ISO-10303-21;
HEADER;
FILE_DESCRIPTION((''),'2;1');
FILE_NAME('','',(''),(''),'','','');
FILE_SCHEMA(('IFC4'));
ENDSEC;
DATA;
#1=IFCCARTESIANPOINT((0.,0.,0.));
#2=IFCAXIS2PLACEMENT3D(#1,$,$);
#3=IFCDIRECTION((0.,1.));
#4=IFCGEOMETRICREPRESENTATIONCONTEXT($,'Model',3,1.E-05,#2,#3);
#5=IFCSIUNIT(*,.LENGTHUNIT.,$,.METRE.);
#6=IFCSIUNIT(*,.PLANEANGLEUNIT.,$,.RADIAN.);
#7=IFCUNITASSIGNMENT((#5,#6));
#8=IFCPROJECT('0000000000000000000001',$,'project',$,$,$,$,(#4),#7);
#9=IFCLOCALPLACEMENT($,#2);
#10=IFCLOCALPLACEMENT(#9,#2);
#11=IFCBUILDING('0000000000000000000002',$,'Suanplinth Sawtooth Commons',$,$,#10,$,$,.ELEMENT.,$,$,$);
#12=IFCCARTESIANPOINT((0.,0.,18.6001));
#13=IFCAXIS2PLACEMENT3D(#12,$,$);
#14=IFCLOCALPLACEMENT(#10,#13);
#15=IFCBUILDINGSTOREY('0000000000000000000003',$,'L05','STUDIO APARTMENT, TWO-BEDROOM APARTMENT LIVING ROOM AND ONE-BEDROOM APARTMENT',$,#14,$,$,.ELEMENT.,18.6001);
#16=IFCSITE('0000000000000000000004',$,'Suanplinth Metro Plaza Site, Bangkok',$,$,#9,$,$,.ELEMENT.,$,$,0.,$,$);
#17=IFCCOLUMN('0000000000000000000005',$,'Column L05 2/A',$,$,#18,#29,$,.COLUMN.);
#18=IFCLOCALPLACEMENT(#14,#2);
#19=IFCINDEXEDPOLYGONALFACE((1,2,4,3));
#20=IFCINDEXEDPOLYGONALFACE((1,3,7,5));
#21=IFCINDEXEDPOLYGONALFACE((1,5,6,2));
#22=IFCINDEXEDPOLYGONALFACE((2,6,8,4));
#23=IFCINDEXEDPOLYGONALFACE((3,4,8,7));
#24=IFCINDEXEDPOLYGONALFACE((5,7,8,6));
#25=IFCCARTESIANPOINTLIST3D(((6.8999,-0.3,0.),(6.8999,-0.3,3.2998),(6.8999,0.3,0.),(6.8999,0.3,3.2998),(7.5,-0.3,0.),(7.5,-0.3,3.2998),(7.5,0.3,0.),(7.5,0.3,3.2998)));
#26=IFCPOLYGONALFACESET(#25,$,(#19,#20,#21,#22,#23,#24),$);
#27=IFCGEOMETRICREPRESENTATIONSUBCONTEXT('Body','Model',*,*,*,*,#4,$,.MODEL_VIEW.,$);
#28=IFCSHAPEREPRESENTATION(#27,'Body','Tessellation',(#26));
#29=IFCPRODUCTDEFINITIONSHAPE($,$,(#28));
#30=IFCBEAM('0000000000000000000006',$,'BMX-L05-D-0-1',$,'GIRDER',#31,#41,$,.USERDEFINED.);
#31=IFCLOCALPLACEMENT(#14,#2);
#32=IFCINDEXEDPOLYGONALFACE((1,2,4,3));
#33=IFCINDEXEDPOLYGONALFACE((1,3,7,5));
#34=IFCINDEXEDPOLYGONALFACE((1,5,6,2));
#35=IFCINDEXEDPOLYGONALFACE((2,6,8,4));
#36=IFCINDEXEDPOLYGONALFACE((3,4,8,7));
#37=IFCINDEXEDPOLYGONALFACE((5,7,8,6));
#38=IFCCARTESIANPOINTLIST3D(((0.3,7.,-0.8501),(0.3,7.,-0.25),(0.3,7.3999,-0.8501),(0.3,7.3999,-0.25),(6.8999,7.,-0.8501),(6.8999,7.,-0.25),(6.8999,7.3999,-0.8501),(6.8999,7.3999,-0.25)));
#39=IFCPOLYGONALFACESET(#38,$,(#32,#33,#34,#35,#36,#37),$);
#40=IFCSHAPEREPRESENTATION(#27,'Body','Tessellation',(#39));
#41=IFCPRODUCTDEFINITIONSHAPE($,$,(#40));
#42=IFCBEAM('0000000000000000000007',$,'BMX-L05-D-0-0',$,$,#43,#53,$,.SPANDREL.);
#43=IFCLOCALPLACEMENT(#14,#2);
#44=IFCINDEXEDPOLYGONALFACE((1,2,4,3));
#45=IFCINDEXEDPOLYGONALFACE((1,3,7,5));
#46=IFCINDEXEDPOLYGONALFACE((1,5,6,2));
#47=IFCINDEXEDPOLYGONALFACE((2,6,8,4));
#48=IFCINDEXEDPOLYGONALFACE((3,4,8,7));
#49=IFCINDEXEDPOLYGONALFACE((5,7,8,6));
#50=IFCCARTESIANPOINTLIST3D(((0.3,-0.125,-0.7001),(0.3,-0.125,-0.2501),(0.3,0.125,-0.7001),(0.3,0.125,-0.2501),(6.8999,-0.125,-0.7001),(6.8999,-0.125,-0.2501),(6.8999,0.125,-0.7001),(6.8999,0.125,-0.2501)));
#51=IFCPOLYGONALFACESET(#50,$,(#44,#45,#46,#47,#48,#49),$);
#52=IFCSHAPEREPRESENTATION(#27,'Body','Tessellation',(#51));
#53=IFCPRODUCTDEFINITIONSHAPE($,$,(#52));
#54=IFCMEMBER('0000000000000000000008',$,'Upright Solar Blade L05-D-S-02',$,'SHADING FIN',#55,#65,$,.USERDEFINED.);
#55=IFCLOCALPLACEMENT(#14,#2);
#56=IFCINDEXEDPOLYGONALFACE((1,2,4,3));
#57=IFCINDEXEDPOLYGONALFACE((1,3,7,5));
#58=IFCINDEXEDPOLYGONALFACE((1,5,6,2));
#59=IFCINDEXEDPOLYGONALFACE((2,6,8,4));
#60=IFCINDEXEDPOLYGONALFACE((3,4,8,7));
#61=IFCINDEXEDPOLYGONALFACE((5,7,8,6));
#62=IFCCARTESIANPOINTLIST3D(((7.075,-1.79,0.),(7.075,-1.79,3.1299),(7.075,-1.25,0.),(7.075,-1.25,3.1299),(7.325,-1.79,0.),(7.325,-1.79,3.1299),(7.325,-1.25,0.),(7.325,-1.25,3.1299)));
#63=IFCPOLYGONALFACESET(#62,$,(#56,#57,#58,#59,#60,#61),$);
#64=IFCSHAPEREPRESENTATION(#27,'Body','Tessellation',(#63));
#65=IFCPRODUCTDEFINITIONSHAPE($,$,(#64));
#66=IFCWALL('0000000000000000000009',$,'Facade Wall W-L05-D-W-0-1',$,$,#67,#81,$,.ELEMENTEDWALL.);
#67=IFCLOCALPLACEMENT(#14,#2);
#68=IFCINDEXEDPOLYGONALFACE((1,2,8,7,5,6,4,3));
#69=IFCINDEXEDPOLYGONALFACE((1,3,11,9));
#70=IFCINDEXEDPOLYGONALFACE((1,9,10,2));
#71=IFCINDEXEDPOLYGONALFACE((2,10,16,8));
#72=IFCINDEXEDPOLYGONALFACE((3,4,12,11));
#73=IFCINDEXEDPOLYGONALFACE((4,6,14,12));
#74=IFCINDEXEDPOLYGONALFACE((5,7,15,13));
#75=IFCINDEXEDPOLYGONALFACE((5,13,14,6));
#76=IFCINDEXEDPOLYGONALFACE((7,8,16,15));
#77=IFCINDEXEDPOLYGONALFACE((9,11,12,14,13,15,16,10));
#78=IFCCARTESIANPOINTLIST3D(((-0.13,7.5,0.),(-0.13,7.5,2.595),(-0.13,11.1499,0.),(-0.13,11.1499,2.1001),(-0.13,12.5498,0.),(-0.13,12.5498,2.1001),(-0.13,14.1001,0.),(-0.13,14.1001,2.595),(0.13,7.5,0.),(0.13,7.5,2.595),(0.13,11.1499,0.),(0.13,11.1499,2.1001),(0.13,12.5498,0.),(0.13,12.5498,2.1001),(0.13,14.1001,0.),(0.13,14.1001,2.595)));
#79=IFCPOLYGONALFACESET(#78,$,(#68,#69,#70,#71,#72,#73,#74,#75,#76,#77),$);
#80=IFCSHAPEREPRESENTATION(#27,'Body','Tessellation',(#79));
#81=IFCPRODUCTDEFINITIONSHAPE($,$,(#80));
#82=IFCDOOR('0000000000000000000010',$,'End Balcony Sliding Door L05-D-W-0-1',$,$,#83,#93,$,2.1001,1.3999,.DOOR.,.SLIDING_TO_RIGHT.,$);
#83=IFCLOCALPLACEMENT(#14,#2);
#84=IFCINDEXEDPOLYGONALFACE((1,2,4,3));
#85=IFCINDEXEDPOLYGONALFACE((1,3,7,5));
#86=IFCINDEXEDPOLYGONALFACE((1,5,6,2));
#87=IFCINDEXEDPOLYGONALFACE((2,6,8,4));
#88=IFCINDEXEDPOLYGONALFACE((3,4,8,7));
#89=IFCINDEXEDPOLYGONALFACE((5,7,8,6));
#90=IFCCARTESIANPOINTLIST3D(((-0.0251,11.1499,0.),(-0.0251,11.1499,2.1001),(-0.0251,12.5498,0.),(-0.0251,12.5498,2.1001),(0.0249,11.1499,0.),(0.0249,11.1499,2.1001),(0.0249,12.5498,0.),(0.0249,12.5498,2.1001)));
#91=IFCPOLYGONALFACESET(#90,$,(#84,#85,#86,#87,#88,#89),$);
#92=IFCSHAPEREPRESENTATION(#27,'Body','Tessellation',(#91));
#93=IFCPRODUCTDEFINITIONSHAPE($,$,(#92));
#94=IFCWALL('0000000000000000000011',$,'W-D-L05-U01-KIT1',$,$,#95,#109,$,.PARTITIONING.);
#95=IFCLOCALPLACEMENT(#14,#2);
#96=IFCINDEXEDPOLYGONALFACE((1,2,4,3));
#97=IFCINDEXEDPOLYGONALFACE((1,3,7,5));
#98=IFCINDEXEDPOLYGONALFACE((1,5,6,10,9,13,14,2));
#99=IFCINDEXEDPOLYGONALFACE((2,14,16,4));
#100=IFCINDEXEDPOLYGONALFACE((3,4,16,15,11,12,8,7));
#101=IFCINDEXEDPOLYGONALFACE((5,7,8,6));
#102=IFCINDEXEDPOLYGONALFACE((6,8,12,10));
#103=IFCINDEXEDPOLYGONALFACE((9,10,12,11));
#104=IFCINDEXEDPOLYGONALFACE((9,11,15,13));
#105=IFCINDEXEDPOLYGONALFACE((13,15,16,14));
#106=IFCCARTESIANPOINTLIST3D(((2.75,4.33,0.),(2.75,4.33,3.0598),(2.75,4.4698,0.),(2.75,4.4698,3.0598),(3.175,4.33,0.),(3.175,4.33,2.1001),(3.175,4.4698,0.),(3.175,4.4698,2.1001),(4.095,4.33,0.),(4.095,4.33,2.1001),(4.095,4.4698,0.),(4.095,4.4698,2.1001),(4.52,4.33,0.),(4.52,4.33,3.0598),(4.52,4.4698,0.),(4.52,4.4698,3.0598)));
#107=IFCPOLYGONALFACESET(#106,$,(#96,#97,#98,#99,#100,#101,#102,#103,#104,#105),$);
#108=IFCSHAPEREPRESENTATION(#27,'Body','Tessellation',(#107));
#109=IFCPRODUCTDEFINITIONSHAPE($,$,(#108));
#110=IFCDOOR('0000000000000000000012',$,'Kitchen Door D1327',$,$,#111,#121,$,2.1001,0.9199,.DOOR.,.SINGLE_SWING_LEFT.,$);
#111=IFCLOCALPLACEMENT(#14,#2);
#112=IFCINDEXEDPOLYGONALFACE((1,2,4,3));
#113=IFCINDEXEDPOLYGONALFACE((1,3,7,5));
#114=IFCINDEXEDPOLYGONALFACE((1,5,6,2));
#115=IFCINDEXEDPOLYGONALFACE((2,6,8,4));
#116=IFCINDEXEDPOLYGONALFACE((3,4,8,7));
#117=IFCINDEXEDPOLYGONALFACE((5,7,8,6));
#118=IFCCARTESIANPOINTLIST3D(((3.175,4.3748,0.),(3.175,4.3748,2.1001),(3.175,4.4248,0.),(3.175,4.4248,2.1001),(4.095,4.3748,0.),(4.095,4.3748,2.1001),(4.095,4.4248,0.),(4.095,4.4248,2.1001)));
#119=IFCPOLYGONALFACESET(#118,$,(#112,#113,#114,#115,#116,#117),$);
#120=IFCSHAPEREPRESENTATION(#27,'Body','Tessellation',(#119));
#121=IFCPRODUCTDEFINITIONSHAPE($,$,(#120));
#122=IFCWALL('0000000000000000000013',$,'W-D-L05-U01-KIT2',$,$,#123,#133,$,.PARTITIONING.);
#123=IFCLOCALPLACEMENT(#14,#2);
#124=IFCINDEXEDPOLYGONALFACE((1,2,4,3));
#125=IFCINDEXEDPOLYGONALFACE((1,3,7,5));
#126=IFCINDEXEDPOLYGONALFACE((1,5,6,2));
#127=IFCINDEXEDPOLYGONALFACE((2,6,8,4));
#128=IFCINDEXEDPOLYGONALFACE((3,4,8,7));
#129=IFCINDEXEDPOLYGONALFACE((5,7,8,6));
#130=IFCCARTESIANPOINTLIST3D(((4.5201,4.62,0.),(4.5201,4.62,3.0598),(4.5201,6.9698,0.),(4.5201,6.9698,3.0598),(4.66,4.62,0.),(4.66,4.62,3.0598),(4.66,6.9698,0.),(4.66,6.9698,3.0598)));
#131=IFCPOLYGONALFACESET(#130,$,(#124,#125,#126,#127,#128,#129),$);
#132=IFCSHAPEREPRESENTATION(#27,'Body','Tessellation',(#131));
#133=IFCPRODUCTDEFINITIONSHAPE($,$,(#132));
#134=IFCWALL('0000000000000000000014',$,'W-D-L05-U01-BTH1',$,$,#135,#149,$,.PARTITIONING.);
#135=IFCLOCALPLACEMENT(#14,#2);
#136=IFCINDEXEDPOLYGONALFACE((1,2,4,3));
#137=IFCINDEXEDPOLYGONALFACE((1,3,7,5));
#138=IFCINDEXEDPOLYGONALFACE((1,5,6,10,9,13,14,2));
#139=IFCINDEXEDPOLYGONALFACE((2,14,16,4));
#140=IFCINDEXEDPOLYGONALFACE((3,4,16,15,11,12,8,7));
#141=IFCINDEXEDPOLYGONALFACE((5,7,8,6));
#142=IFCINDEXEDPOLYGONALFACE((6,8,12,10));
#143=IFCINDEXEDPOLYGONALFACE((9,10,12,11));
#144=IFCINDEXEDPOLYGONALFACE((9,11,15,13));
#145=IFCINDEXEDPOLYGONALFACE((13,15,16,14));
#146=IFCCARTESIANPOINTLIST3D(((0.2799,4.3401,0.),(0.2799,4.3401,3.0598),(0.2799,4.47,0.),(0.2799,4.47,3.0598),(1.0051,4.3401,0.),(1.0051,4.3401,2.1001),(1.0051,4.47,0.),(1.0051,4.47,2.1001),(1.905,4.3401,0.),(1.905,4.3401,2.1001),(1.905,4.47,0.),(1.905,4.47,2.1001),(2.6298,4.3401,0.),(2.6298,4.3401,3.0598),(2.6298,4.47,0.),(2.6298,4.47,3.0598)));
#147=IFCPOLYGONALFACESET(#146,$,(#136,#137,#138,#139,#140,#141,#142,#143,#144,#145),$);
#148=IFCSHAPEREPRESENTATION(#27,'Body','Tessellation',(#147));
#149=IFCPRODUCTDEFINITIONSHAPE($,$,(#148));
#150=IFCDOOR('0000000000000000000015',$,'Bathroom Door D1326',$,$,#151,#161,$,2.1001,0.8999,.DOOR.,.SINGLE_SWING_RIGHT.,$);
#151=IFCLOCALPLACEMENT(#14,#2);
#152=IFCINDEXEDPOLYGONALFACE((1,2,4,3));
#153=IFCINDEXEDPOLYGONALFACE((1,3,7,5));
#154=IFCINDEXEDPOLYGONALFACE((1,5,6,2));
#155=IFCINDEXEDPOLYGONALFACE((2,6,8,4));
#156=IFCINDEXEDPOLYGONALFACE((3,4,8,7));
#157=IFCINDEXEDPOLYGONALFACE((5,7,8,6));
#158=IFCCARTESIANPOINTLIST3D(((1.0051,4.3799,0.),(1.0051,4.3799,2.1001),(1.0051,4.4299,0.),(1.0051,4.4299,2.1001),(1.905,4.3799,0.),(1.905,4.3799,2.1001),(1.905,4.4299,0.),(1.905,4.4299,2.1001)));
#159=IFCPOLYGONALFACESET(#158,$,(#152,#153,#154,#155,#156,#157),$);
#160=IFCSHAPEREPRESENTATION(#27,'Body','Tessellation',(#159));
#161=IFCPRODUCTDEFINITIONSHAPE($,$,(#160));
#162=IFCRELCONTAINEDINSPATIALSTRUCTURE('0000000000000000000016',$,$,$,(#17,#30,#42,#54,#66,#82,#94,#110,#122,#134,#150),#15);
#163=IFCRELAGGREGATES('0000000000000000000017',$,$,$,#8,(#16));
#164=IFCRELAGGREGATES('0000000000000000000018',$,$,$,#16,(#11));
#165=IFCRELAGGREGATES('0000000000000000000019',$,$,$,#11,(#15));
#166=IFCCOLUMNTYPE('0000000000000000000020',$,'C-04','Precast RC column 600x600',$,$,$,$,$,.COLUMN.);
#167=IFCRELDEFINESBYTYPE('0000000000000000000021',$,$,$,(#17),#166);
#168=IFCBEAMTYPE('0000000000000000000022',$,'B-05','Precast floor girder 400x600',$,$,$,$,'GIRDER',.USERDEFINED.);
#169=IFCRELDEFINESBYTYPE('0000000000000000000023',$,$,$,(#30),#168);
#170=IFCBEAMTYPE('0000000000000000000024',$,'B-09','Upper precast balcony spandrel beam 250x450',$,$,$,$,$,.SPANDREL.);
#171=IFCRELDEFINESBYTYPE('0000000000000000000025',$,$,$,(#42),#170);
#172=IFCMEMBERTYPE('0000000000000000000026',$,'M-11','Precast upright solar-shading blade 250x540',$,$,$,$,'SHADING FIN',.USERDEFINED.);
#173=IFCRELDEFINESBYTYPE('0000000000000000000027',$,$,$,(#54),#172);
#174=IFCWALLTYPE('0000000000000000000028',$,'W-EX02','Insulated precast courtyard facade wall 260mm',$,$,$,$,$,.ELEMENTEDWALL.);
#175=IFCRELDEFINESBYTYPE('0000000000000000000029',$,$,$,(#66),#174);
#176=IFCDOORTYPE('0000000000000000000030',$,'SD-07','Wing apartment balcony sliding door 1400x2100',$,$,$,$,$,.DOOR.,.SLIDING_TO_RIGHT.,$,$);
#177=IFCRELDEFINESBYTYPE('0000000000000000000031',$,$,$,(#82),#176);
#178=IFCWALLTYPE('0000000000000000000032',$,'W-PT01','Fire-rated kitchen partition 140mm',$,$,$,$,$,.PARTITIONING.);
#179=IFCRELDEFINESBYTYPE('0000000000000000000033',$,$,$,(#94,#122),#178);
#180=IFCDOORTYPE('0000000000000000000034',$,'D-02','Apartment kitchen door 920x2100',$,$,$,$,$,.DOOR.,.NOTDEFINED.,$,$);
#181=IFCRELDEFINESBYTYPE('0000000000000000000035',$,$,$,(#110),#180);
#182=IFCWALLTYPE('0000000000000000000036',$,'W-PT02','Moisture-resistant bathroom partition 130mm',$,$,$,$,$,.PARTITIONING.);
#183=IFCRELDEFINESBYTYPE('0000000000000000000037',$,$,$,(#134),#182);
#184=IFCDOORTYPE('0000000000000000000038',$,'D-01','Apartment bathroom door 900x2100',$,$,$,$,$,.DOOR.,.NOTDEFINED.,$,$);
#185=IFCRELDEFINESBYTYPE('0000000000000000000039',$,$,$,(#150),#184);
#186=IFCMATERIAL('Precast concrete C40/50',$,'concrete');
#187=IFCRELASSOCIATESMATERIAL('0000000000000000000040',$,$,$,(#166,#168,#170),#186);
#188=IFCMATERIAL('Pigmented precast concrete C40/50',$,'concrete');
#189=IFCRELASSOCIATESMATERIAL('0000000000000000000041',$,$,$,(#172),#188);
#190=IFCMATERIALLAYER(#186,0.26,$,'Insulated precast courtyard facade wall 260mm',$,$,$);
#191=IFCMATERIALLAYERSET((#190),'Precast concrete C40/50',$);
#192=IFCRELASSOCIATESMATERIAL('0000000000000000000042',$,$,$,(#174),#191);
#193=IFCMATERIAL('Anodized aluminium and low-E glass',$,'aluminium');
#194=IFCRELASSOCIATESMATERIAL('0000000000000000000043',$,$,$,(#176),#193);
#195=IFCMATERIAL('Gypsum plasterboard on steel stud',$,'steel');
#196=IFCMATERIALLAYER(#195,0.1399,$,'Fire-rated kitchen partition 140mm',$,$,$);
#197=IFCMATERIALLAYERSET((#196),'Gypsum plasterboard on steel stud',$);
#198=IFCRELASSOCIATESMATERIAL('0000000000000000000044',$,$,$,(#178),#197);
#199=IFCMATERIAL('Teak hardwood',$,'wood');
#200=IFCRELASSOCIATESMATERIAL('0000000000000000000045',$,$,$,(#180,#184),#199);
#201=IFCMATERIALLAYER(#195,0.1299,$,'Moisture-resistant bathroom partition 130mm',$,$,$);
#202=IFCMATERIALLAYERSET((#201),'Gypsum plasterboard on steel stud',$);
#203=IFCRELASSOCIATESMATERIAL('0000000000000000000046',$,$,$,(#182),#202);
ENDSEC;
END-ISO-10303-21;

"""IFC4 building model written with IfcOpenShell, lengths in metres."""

from ifc_helpers import new_model, si_unit, direction, frame, frame_2d, origin, origin_2d, place, context, subcontext, project, spatial, rectangle, extrude, material, layer, layer_set, material_profile, profile_set, type_object, element, fill, save


model = new_model("IFC4")

# Units and contexts
model_context = context("Model", 3, precision=1e-05, world=origin(), true_north=direction((0.0, 1.0)))
body_context = subcontext(model_context, "Body", "Model", "MODEL_VIEW")
ifc_project = project(units=[si_unit("LENGTHUNIT", "METRE"), si_unit("PLANEANGLEUNIT", "RADIAN")], contexts=[model_context])

# Site, building, storey
site_placement = place(None, origin())
site = spatial("IfcSite", under=ifc_project, at=site_placement, Name="Suanplinth Metro Plaza Site, Bangkok", CompositionType="ELEMENT", RefElevation=0.0)
building_placement = place(site_placement, origin())
building = spatial("IfcBuilding", under=site, at=building_placement, Name="Suanplinth Sawtooth Commons", CompositionType="ELEMENT")
storey_placement = place(building_placement, frame((0.0, 0.0, 18.6001)))
storey = spatial("IfcBuildingStorey", under=building, at=storey_placement, Name="L05", Description="STUDIO APARTMENT, TWO-BEDROOM APARTMENT LIVING ROOM AND ONE-BEDROOM APARTMENT", CompositionType="ELEMENT", Elevation=18.6001)

# Column
ifc_material_1 = material(Name="Precast concrete C40/50", Category="concrete")
ifc_material_profile_1 = material_profile(ifc_material_1, rectangle(XDim=0.6001, YDim=0.6001, at=origin_2d()), Name="PC-COL 600x600")
ifc_profile_set_1 = profile_set([ifc_material_profile_1], Name="Precast concrete C40/50")
column_type = type_object("IfcColumnType", Name="C-04", Description="Precast RC column 600x600", PredefinedType="COLUMN", material=ifc_profile_set_1)
column_placement = place(storey_placement, frame((7.2, 0.0, 0.0), z_axis=(0.0, 0.0, 1.0), x_axis=(1.0, 0.0, 0.0)))
element("IfcColumn", 1, at=column_placement, inside=storey, type_object=column_type, Name="Column L05 2/A", PredefinedType="COLUMN", context=body_context, shape_type="SweptSolid", body=[
    extrude(rectangle(XDim=0.6001, YDim=0.6001, at=origin_2d()), origin(), (0.0, 0.0, 1.0), 3.2998),
])

# Beams
ifc_material_profile_2 = material_profile(ifc_material_1, rectangle(XDim=0.3999, YDim=0.6001, at=origin_2d()), Name="PC-GDR 400x600")
ifc_profile_set_2 = profile_set([ifc_material_profile_2], Name="Precast concrete C40/50")
beam_type_1 = type_object("IfcBeamType", Name="B-05", Description="Precast floor girder 400x600", ElementType="GIRDER", PredefinedType="USERDEFINED", material=ifc_profile_set_2)
beam_1_placement = place(storey_placement, frame((0.3, 7.2, -0.55), z_axis=(1.0, 0.0, 0.0), x_axis=(0.0, 1.0, 0.0)))
element("IfcBeam", 2, at=beam_1_placement, inside=storey, type_object=beam_type_1, Name="BMX-L05-D-0-1", ObjectType="GIRDER", PredefinedType="USERDEFINED", context=body_context, shape_type="SweptSolid", body=[
    extrude(rectangle(XDim=0.3999, YDim=0.6001, at=origin_2d()), origin(), (0.0, 0.0, 1.0), 6.5999),
])
ifc_material_profile_3 = material_profile(ifc_material_1, rectangle(XDim=0.25, YDim=0.45, at=origin_2d()), Name="PC-SP 250x450")
ifc_profile_set_3 = profile_set([ifc_material_profile_3], Name="Precast concrete C40/50")
beam_type_2 = type_object("IfcBeamType", Name="B-09", Description="Upper precast balcony spandrel beam 250x450", PredefinedType="SPANDREL", material=ifc_profile_set_3)
beam_2_placement = place(storey_placement, frame((0.3, 0.0, -0.4751), z_axis=(1.0, 0.0, 0.0), x_axis=(0.0, 1.0, 0.0)))
element("IfcBeam", 3, at=beam_2_placement, inside=storey, type_object=beam_type_2, Name="BMX-L05-D-0-0", PredefinedType="SPANDREL", context=body_context, shape_type="SweptSolid", body=[
    extrude(rectangle(XDim=0.25, YDim=0.45, at=origin_2d()), origin(), (0.0, 0.0, 1.0), 6.5999),
])

# Member
ifc_material_2 = material(Name="Pigmented precast concrete C40/50", Category="concrete")
ifc_material_profile_4 = material_profile(ifc_material_2, rectangle(XDim=0.25, YDim=0.54, at=origin_2d()), Name="PC-FIN 250x540")
ifc_profile_set_4 = profile_set([ifc_material_profile_4], Name="Pigmented precast concrete C40/50")
member_type = type_object("IfcMemberType", Name="M-11", Description="Precast upright solar-shading blade 250x540", ElementType="SHADING FIN", PredefinedType="USERDEFINED", material=ifc_profile_set_4)
member_placement = place(storey_placement, frame((7.2, -1.52, 0.0), z_axis=(0.0, 0.0, 1.0), x_axis=(1.0, 0.0, 0.0)))
element("IfcMember", 4, at=member_placement, inside=storey, type_object=member_type, Name="Upright Solar Blade L05-D-S-02", ObjectType="SHADING FIN", PredefinedType="USERDEFINED", context=body_context, shape_type="SweptSolid", body=[
    extrude(rectangle(XDim=0.25, YDim=0.54, at=origin_2d()), origin(), (0.0, 0.0, 1.0), 3.1299),
])

# Shared definitions
ifc_layer_1 = layer(ifc_material_1, 0.26, Name="Insulated precast courtyard facade wall 260mm")
ifc_layer_set_1 = layer_set([ifc_layer_1], Name="Precast concrete C40/50")
wall_type_1 = type_object("IfcWallType", Name="W-EX02", Description="Insulated precast courtyard facade wall 260mm", PredefinedType="ELEMENTEDWALL", material=ifc_layer_set_1)
ifc_material_3 = material(Name="Anodized aluminium and low-E glass", Category="aluminium")

# Walls, openings, doors
wall_1_placement = place(storey_placement, frame((0.0, 7.5, 0.0), z_axis=(0.0, 0.0, 1.0), x_axis=(0.0, 1.0, 0.0)))
wall_1 = element("IfcWall", 5, at=wall_1_placement, inside=storey, type_object=wall_type_1, Name="Facade Wall W-L05-D-W-0-1", PredefinedType="ELEMENTEDWALL", context=body_context, shape_type="SweptSolid", body=[
    extrude(rectangle(XDim=6.6001, YDim=0.26, at=frame_2d((3.3, 0.0))), origin(), (0.0, 0.0, 1.0), 2.595),
])
opening_1_placement = place(wall_1_placement, frame((3.6499, 0.0, 0.0)))
opening_1 = element("IfcOpeningElement", 6, at=opening_1_placement, cuts=wall_1, PredefinedType="OPENING", context=body_context, shape_type="SweptSolid", body=[
    extrude(rectangle(XDim=1.3999, YDim=2.1001, at=frame_2d((0.7, 1.05))), frame((0.0, 0.145, 0.0), z_axis=(0.0, -1.0, 0.0), x_axis=(1.0, 0.0, 0.0)), (0.0, 0.0, 1.0), 0.2898),
])
door_type_1 = type_object("IfcDoorType", Name="SD-07", Description="Wing apartment balcony sliding door 1400x2100", OperationType="SLIDING_TO_RIGHT", PredefinedType="DOOR", material=ifc_material_3)
door_1_placement = place(opening_1_placement, frame((1.3999, 0.0, 0.0), z_axis=(0.0, 0.0, 1.0), x_axis=(-1.0, 0.0, 0.0)))
door_1 = element("IfcDoor", 7, at=door_1_placement, inside=storey, type_object=door_type_1, Name="End Balcony Sliding Door L05-D-W-0-1", OperationType="SLIDING_TO_RIGHT", OverallHeight=2.1001, OverallWidth=1.3999, PredefinedType="DOOR", context=body_context, shape_type="SweptSolid", body=[
    extrude(rectangle(XDim=1.3999, YDim=2.1001, at=frame_2d((0.7, 1.05))), frame((0.0, 0.0249, 0.0), z_axis=(0.0, -1.0, 0.0), x_axis=(1.0, 0.0, 0.0)), (0.0, 0.0, 1.0), 0.05),
])
fill(opening_1, door_1)
ifc_material_4 = material(Name="Gypsum plasterboard on steel stud", Category="steel")
ifc_layer_2 = layer(ifc_material_4, 0.1399, Name="Fire-rated kitchen partition 140mm")
ifc_layer_set_2 = layer_set([ifc_layer_2], Name="Gypsum plasterboard on steel stud")
wall_type_2 = type_object("IfcWallType", Name="W-PT01", Description="Fire-rated kitchen partition 140mm", PredefinedType="PARTITIONING", material=ifc_layer_set_2)
wall_2_placement = place(storey_placement, frame((2.75, 4.3999, 0.0), z_axis=(0.0, 0.0, 1.0), x_axis=(1.0, 0.0, 0.0)))
wall_2 = element("IfcWall", 8, at=wall_2_placement, inside=storey, type_object=wall_type_2, Name="W-D-L05-U01-KIT1", PredefinedType="PARTITIONING", context=body_context, shape_type="SweptSolid", body=[
    extrude(rectangle(XDim=1.77, YDim=0.1399, at=frame_2d((0.885, 0.0))), origin(), (0.0, 0.0, 1.0), 3.0598),
])
opening_2_placement = place(wall_2_placement, frame((0.425, 0.0, 0.0)))
opening_2 = element("IfcOpeningElement", 9, at=opening_2_placement, cuts=wall_2, PredefinedType="OPENING", context=body_context, shape_type="SweptSolid", body=[
    extrude(rectangle(XDim=0.9199, YDim=2.1001, at=frame_2d((0.46, 1.05))), frame((0.0, 0.085, 0.0), z_axis=(0.0, -1.0, 0.0), x_axis=(1.0, 0.0, 0.0)), (0.0, 0.0, 1.0), 0.1697),
])
ifc_material_5 = material(Name="Teak hardwood", Category="wood")
door_type_2 = type_object("IfcDoorType", Name="D-02", Description="Apartment kitchen door 920x2100", OperationType="NOTDEFINED", PredefinedType="DOOR", material=ifc_material_5)
door_2_placement = place(opening_2_placement, origin())
door_2 = element("IfcDoor", 10, at=door_2_placement, inside=storey, type_object=door_type_2, Name="Kitchen Door D1327", OperationType="SINGLE_SWING_LEFT", OverallHeight=2.1001, OverallWidth=0.9199, PredefinedType="DOOR", context=body_context, shape_type="SweptSolid", body=[
    extrude(rectangle(XDim=0.9199, YDim=2.1001, at=frame_2d((0.46, 1.05))), frame((0.0, 0.0249, 0.0), z_axis=(0.0, -1.0, 0.0), x_axis=(1.0, 0.0, 0.0)), (0.0, 0.0, 1.0), 0.05),
])
fill(opening_2, door_2)

# Wall
wall_3_placement = place(storey_placement, frame((4.5901, 4.6201, 0.0), z_axis=(0.0, 0.0, 1.0), x_axis=(0.0, 1.0, 0.0)))
element("IfcWall", 11, at=wall_3_placement, inside=storey, type_object=wall_type_2, Name="W-D-L05-U01-KIT2", PredefinedType="PARTITIONING", context=body_context, shape_type="SweptSolid", body=[
    extrude(rectangle(XDim=2.3499, YDim=0.1399, at=frame_2d((1.1748, 0.0))), origin(), (0.0, 0.0, 1.0), 3.0598),
])

# Wall, opening, door
ifc_layer_3 = layer(ifc_material_4, 0.1299, Name="Moisture-resistant bathroom partition 130mm")
ifc_layer_set_3 = layer_set([ifc_layer_3], Name="Gypsum plasterboard on steel stud")
wall_type_3 = type_object("IfcWallType", Name="W-PT02", Description="Moisture-resistant bathroom partition 130mm", PredefinedType="PARTITIONING", material=ifc_layer_set_3)
wall_4_placement = place(storey_placement, frame((0.28, 4.405, 0.0), z_axis=(0.0, 0.0, 1.0), x_axis=(1.0, 0.0, 0.0)))
wall_4 = element("IfcWall", 12, at=wall_4_placement, inside=storey, type_object=wall_type_3, Name="W-D-L05-U01-BTH1", PredefinedType="PARTITIONING", context=body_context, shape_type="SweptSolid", body=[
    extrude(rectangle(XDim=2.3499, YDim=0.1299, at=frame_2d((1.1748, 0.0))), origin(), (0.0, 0.0, 1.0), 3.0598),
])
opening_3_placement = place(wall_4_placement, frame((0.7251, 0.0, 0.0)))
opening_3 = element("IfcOpeningElement", 13, at=opening_3_placement, cuts=wall_4, PredefinedType="OPENING", context=body_context, shape_type="SweptSolid", body=[
    extrude(rectangle(XDim=0.8999, YDim=2.1001, at=frame_2d((0.45, 1.05))), frame((0.0, 0.0798, 0.0), z_axis=(0.0, -1.0, 0.0), x_axis=(1.0, 0.0, 0.0)), (0.0, 0.0, 1.0), 0.1597),
])
door_type_3 = type_object("IfcDoorType", Name="D-01", Description="Apartment bathroom door 900x2100", OperationType="NOTDEFINED", PredefinedType="DOOR", material=ifc_material_5)
door_3_placement = place(opening_3_placement, origin())
door_3 = element("IfcDoor", 14, at=door_3_placement, inside=storey, type_object=door_type_3, Name="Bathroom Door D1326", OperationType="SINGLE_SWING_RIGHT", OverallHeight=2.1001, OverallWidth=0.8999, PredefinedType="DOOR", context=body_context, shape_type="SweptSolid", body=[
    extrude(rectangle(XDim=0.8999, YDim=2.1001, at=frame_2d((0.45, 1.05))), frame((0.0, 0.0249, 0.0), z_axis=(0.0, -1.0, 0.0), x_axis=(1.0, 0.0, 0.0)), (0.0, 0.0, 1.0), 0.05),
])
fill(opening_3, door_3)

save(model, "model.ifc")
